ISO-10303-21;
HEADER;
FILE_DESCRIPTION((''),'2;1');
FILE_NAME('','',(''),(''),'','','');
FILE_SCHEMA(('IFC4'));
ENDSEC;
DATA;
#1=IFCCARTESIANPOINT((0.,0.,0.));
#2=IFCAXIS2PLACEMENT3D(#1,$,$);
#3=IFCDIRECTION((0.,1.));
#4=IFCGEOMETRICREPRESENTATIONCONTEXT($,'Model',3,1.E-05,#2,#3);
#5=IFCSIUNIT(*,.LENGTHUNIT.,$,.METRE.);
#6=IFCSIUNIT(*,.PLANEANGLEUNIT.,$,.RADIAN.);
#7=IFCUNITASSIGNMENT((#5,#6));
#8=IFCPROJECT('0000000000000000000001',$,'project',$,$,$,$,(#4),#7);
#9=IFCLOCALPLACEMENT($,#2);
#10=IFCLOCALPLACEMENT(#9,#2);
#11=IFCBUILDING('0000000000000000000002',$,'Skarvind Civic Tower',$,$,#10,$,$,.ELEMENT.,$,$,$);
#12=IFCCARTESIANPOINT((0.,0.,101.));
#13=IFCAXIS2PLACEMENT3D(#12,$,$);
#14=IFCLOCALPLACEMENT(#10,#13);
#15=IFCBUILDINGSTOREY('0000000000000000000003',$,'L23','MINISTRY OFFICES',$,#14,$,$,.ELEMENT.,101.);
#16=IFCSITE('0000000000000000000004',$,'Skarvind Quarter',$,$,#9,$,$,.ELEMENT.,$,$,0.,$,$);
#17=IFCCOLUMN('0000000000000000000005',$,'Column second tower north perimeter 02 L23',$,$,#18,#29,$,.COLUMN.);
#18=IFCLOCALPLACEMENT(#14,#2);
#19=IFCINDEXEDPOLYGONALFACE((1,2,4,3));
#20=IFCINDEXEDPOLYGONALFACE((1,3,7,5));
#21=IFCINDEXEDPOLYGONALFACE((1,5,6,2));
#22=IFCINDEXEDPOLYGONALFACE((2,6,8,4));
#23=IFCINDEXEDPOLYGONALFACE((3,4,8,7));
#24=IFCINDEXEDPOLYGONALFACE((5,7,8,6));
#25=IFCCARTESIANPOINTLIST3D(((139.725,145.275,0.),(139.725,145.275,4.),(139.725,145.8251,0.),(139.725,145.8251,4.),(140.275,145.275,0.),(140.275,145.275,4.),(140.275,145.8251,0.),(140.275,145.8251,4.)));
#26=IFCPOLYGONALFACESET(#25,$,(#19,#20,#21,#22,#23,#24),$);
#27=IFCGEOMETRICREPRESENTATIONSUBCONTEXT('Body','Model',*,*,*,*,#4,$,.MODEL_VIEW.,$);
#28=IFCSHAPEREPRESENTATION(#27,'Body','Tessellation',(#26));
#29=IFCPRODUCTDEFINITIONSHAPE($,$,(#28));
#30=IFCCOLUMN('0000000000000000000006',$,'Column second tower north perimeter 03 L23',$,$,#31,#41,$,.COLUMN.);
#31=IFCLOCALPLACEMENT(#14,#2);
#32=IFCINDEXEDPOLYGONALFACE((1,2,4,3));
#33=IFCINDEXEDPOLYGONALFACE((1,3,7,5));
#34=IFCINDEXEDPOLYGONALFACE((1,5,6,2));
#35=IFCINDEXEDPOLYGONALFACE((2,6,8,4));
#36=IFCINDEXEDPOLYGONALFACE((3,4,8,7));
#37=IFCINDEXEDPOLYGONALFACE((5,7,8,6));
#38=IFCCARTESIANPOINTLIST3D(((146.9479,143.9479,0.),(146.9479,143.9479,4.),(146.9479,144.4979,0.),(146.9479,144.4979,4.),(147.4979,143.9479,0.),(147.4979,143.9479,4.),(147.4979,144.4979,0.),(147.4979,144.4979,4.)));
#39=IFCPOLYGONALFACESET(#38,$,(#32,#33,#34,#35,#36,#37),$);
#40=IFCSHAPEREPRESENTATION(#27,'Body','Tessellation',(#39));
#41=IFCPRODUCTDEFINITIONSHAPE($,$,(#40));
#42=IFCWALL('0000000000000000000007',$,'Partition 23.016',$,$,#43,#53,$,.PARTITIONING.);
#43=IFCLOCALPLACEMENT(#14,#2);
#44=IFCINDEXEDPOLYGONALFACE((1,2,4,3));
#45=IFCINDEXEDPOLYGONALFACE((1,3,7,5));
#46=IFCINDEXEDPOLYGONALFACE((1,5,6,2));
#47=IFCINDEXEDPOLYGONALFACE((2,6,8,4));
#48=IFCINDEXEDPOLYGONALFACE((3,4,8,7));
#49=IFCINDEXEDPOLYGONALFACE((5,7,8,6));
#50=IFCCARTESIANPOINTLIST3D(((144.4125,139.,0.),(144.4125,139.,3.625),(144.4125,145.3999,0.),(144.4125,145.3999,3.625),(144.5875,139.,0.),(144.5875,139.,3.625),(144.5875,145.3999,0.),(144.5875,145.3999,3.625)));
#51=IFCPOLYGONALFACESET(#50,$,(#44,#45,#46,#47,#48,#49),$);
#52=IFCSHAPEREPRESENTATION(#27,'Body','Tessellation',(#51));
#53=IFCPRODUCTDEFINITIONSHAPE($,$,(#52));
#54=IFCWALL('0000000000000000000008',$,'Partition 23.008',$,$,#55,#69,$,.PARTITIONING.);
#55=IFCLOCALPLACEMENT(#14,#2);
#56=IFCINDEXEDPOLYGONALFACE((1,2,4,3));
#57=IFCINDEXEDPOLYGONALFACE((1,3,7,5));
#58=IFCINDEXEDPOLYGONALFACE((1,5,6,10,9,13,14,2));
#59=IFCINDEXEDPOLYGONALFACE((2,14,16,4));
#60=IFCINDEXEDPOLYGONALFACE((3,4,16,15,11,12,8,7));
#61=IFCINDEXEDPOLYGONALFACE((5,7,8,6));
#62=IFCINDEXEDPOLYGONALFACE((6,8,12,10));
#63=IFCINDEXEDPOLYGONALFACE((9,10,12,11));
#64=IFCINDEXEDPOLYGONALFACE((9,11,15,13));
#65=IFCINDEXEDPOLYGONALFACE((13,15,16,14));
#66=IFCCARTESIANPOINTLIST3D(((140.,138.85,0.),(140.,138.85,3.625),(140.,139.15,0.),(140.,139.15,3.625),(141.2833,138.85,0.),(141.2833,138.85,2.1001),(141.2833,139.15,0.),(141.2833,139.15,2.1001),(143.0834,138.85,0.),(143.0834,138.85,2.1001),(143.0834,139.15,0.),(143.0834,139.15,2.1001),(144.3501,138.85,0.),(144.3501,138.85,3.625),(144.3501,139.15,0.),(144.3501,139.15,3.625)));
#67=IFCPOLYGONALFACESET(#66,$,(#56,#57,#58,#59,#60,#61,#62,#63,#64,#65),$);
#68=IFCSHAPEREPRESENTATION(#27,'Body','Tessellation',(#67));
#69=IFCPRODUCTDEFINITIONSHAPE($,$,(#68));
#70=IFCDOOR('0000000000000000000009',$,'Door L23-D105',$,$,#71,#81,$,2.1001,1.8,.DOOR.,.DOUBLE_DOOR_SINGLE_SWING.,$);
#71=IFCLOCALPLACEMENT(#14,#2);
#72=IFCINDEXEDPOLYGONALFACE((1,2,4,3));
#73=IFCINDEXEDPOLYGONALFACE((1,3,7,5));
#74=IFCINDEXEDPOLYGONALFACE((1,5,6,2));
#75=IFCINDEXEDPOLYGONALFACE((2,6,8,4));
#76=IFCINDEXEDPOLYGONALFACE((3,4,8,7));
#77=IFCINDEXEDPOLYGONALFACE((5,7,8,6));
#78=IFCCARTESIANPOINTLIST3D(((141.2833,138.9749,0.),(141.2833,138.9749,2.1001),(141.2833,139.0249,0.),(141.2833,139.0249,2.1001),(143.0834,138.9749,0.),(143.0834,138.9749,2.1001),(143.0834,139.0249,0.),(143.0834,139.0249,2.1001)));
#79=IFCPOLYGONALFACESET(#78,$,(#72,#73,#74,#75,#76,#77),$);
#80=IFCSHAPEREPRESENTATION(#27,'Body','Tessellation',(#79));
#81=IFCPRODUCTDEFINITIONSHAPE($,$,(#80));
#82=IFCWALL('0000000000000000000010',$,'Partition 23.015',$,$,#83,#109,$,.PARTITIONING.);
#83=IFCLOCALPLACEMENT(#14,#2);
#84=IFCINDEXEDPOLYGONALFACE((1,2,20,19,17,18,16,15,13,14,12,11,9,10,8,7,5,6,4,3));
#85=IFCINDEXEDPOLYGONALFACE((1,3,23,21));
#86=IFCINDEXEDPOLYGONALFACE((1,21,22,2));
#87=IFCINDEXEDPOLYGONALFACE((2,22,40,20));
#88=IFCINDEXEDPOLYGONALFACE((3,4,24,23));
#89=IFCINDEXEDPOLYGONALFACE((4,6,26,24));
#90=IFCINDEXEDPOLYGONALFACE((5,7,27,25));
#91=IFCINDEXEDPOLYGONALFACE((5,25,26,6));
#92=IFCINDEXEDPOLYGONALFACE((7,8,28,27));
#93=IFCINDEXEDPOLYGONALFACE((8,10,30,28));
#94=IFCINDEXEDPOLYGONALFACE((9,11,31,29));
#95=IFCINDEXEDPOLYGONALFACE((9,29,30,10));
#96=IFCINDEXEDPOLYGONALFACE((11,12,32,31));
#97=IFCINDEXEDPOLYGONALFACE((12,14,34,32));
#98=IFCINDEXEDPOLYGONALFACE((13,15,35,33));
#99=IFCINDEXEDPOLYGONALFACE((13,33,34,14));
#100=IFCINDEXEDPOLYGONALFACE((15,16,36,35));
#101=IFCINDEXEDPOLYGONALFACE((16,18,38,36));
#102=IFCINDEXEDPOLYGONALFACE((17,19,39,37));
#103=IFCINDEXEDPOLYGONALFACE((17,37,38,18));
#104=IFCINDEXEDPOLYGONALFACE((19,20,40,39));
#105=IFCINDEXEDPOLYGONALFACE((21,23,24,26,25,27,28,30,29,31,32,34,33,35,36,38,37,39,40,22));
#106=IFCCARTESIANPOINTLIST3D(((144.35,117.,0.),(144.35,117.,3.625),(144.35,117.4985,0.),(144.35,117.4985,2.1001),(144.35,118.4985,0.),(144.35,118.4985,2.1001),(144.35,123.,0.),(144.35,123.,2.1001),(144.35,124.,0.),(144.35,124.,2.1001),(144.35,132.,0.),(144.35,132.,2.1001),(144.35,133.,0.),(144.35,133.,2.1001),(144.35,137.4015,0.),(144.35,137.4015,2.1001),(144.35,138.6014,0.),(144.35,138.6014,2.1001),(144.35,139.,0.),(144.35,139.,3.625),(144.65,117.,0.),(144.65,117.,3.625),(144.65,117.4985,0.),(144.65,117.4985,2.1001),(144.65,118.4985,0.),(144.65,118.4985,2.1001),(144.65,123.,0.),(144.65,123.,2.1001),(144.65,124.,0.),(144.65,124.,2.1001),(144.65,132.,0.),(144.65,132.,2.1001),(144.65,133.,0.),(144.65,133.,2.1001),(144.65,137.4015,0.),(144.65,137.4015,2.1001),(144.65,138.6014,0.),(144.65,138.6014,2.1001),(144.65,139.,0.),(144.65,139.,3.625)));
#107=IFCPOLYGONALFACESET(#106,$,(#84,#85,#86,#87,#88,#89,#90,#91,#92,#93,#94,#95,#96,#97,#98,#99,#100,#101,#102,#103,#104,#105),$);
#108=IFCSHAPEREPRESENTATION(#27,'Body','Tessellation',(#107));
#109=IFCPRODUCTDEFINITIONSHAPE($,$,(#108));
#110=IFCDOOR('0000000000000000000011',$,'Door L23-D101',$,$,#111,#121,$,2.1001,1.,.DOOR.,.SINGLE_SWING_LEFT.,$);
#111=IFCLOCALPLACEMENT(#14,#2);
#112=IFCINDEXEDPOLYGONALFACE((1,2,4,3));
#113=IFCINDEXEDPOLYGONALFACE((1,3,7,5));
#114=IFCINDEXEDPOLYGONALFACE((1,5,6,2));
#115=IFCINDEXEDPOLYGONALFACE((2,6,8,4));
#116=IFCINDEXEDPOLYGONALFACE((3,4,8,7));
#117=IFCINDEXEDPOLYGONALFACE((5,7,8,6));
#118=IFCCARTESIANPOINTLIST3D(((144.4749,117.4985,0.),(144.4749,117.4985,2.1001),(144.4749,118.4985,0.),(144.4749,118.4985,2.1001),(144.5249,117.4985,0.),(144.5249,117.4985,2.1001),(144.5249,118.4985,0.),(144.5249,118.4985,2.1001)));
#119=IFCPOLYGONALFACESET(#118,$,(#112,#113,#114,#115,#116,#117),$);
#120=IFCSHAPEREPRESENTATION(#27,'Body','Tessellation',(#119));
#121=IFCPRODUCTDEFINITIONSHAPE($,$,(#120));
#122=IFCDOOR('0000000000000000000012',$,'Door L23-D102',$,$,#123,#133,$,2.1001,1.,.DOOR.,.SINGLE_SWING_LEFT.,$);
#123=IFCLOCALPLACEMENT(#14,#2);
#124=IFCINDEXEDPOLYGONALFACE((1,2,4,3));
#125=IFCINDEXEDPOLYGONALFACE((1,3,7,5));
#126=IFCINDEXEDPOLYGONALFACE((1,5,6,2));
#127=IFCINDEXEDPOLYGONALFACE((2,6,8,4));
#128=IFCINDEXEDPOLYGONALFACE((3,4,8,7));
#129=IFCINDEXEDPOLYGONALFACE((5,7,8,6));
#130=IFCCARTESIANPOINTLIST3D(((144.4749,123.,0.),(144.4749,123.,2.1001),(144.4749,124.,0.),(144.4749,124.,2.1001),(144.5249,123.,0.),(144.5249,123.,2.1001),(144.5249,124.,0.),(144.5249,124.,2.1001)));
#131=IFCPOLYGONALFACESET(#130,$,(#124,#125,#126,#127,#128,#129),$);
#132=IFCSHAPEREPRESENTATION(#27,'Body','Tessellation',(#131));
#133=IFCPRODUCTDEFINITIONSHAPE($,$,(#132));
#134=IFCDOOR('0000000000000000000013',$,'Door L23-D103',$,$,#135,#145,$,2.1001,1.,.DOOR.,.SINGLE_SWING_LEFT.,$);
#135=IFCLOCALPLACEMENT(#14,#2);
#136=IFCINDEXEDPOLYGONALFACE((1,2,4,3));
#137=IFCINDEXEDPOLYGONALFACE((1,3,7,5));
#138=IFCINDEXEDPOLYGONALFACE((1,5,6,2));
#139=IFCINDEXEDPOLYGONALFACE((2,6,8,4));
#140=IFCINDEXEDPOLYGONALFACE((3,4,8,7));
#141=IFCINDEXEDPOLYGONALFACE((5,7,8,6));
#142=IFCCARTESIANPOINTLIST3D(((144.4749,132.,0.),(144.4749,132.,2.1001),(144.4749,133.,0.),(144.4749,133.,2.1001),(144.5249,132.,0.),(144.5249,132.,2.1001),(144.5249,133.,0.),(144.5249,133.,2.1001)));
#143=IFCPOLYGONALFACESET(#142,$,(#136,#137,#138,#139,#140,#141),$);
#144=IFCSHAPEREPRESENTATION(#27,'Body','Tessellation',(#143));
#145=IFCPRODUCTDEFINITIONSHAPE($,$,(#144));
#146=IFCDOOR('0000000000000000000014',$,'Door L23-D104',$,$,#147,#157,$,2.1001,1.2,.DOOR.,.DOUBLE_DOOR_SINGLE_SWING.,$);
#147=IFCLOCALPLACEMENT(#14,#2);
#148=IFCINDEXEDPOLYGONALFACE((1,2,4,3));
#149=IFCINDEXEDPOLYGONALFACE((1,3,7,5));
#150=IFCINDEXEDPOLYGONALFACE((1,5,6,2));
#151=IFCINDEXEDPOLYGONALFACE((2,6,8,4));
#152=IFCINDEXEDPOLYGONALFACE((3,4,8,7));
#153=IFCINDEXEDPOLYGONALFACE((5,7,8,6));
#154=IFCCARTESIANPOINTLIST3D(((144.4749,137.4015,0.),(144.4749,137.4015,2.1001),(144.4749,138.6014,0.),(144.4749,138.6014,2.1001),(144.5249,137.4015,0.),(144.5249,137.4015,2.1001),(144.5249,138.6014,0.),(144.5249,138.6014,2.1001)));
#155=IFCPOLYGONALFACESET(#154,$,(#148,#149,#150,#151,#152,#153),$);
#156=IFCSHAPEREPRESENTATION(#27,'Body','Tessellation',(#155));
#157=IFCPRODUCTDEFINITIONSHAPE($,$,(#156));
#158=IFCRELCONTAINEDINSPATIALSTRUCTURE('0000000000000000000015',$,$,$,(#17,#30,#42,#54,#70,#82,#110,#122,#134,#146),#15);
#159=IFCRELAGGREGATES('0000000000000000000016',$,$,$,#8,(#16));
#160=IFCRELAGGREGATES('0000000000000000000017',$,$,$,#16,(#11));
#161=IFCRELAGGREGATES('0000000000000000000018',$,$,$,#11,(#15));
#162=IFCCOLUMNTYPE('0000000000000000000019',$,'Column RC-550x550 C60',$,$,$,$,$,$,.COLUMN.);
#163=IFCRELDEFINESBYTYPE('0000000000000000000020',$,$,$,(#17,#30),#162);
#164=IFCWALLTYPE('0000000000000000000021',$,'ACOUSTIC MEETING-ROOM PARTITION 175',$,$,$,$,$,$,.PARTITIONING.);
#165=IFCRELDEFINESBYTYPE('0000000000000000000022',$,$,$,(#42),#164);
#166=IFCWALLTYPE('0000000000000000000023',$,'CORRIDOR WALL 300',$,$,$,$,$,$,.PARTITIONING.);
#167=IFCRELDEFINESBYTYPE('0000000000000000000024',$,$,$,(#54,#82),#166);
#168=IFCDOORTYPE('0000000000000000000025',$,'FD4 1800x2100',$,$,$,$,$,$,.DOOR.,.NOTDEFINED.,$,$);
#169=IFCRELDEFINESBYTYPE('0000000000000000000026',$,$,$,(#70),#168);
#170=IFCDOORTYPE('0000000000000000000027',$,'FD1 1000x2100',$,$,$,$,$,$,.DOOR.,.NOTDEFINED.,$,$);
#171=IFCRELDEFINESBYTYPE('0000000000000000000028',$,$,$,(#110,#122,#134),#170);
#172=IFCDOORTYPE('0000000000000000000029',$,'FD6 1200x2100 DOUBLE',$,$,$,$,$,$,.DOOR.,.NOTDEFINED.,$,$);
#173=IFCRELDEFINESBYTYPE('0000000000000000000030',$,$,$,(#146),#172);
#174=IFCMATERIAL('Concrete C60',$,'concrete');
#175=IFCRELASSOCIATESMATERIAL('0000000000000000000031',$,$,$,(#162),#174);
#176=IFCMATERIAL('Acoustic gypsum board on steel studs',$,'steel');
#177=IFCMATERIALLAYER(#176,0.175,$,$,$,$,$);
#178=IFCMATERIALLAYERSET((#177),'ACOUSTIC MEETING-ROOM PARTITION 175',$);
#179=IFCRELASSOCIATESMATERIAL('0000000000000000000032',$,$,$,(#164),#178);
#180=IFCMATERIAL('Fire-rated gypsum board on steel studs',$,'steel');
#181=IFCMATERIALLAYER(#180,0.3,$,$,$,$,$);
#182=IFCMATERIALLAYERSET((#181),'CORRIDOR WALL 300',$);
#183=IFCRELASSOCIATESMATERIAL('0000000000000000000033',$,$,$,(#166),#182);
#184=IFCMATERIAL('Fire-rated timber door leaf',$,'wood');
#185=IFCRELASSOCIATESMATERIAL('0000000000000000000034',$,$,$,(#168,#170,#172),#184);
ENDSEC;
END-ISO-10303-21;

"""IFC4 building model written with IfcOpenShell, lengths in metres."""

from ifc_helpers import new_model, si_unit, direction, frame, frame_2d, origin, origin_2d, place, context, subcontext, project, spatial, rectangle, extrude, material, layer, layer_set, material_profile, profile_set, type_object, element, fill, save


model = new_model("IFC4")

# Units and contexts
model_context = context("Model", 3, precision=1e-05, world=origin(), true_north=direction((0.0, 1.0)))
body_context = subcontext(model_context, "Body", "Model", "MODEL_VIEW")
ifc_project = project(units=[si_unit("LENGTHUNIT", "METRE"), si_unit("PLANEANGLEUNIT", "RADIAN")], contexts=[model_context])

# Site, building, storey
site_placement = place(None, origin())
site = spatial("IfcSite", under=ifc_project, at=site_placement, Name="Skarvind Quarter", CompositionType="ELEMENT", RefElevation=0.0)
building_placement = place(site_placement, origin())
building = spatial("IfcBuilding", under=site, at=building_placement, Name="Skarvind Civic Tower", CompositionType="ELEMENT")
storey_placement = place(building_placement, frame((0.0, 0.0, 101.0)))
storey = spatial("IfcBuildingStorey", under=building, at=storey_placement, Name="L23", Description="MINISTRY OFFICES", CompositionType="ELEMENT", Elevation=101.0)

# Columns
ifc_material_1 = material(Name="Concrete C60", Category="concrete")
ifc_material_profile = material_profile(ifc_material_1, rectangle(XDim=0.55, YDim=0.55, at=origin_2d()), Name="RC-550x550")
ifc_profile_set = profile_set([ifc_material_profile], Name="Concrete C60")
column_type = type_object("IfcColumnType", Name="Column RC-550x550 C60", PredefinedType="COLUMN", material=ifc_profile_set)
for number, where, z_axis, x_axis, name in (
    (1, (140.0, 145.55, 0.0), (0.0, 0.0, 1.0), (1.0, 0.0, 0.0), "Column second tower north perimeter 02 L23"),
    (2, (147.2229, 144.2229, 0.0), (0.0, 0.0, 1.0), (1.0, 0.0, 0.0), "Column second tower north perimeter 03 L23"),
):
    element("IfcColumn", number, at=place(storey_placement, frame(where, z_axis=z_axis, x_axis=x_axis)), inside=storey, type_object=column_type, Name=name, PredefinedType="COLUMN", context=body_context, shape_type="SweptSolid", body=[
        extrude(rectangle(XDim=0.55, YDim=0.55, at=origin_2d()), origin(), (0.0, 0.0, 1.0), 4.0),
    ])

# Wall
ifc_material_2 = material(Name="Acoustic gypsum board on steel studs", Category="steel")
ifc_layer_1 = layer(ifc_material_2, 0.175)
ifc_layer_set_1 = layer_set([ifc_layer_1], Name="ACOUSTIC MEETING-ROOM PARTITION 175")
wall_type_1 = type_object("IfcWallType", Name="ACOUSTIC MEETING-ROOM PARTITION 175", PredefinedType="PARTITIONING", material=ifc_layer_set_1)
wall_1_placement = place(storey_placement, frame((144.5, 145.3999, 0.0), z_axis=(0.0, 0.0, 1.0), x_axis=(0.0, -1.0, 0.0)))
element("IfcWall", 3, at=wall_1_placement, inside=storey, type_object=wall_type_1, Name="Partition 23.016", PredefinedType="PARTITIONING", context=body_context, shape_type="SweptSolid", body=[
    extrude(rectangle(XDim=6.3999, YDim=0.175, at=frame_2d((3.2, 0.0))), origin(), (0.0, 0.0, 1.0), 3.625),
])

# Wall, opening, door
ifc_material_3 = material(Name="Fire-rated gypsum board on steel studs", Category="steel")
ifc_layer_2 = layer(ifc_material_3, 0.3)
ifc_layer_set_2 = layer_set([ifc_layer_2], Name="CORRIDOR WALL 300")
wall_type_2 = type_object("IfcWallType", Name="CORRIDOR WALL 300", PredefinedType="PARTITIONING", material=ifc_layer_set_2)
wall_2_placement = place(storey_placement, frame((140.0, 139.0, 0.0), z_axis=(0.0, 0.0, 1.0), x_axis=(1.0, 0.0, 0.0)))
wall_2 = element("IfcWall", 4, at=wall_2_placement, inside=storey, type_object=wall_type_2, Name="Partition 23.008", PredefinedType="PARTITIONING", context=body_context, shape_type="SweptSolid", body=[
    extrude(rectangle(XDim=4.3501, YDim=0.3, at=frame_2d((2.175, 0.0))), origin(), (0.0, 0.0, 1.0), 3.625),
])
opening_1_placement = place(wall_2_placement, frame((1.2834, 0.0, 0.0)))
opening_1 = element("IfcOpeningElement", 5, at=opening_1_placement, cuts=wall_2, PredefinedType="OPENING", context=body_context, shape_type="SweptSolid", body=[
    extrude(rectangle(XDim=1.8, YDim=2.1001, at=frame_2d((0.8999, 1.05))), frame((0.0, 0.1599, 0.0), z_axis=(0.0, -1.0, 0.0), x_axis=(1.0, 0.0, 0.0)), (0.0, 0.0, 1.0), 0.3201),
])
ifc_material_4 = material(Name="Fire-rated timber door leaf", Category="wood")
door_type_1 = type_object("IfcDoorType", Name="FD4 1800x2100", OperationType="NOTDEFINED", PredefinedType="DOOR", material=ifc_material_4)
door_1_placement = place(opening_1_placement, origin())
door_1 = element("IfcDoor", 6, at=door_1_placement, inside=storey, type_object=door_type_1, Name="Door L23-D105", OperationType="DOUBLE_DOOR_SINGLE_SWING", OverallHeight=2.1001, OverallWidth=1.8, PredefinedType="DOOR", context=body_context, shape_type="SweptSolid", body=[
    extrude(rectangle(XDim=1.8, YDim=2.1001, at=frame_2d((0.8999, 1.05))), frame((0.0, 0.0249, 0.0), z_axis=(0.0, -1.0, 0.0), x_axis=(1.0, 0.0, 0.0)), (0.0, 0.0, 1.0), 0.05),
])
fill(opening_1, door_1)

# Wall, openings, doors
wall_3_placement = place(storey_placement, frame((144.5, 139.0, 0.0), z_axis=(0.0, 0.0, 1.0), x_axis=(0.0, -1.0, 0.0)))
wall_3 = element("IfcWall", 7, at=wall_3_placement, inside=storey, type_object=wall_type_2, Name="Partition 23.015", PredefinedType="PARTITIONING", context=body_context, shape_type="SweptSolid", body=[
    extrude(rectangle(XDim=22.0, YDim=0.3, at=frame_2d((11.0, 0.0))), origin(), (0.0, 0.0, 1.0), 3.625),
])
opening_2_placement = place(wall_3_placement, frame((20.5015, 0.0, 0.0)))
opening_2 = element("IfcOpeningElement", 8, at=opening_2_placement, cuts=wall_3, PredefinedType="OPENING", context=body_context, shape_type="SweptSolid", body=[
    extrude(rectangle(XDim=1.0, YDim=2.1001, at=frame_2d((0.5, 1.05))), frame((0.0, 0.1599, 0.0), z_axis=(0.0, -1.0, 0.0), x_axis=(1.0, 0.0, 0.0)), (0.0, 0.0, 1.0), 0.3201),
])
opening_3_placement = place(wall_3_placement, frame((15.0, 0.0, 0.0)))
opening_3 = element("IfcOpeningElement", 9, at=opening_3_placement, cuts=wall_3, PredefinedType="OPENING", context=body_context, shape_type="SweptSolid", body=[
    extrude(rectangle(XDim=1.0, YDim=2.1001, at=frame_2d((0.5, 1.05))), frame((0.0, 0.1599, 0.0), z_axis=(0.0, -1.0, 0.0), x_axis=(1.0, 0.0, 0.0)), (0.0, 0.0, 1.0), 0.3201),
])
opening_4_placement = place(wall_3_placement, frame((6.0, 0.0, 0.0)))
opening_4 = element("IfcOpeningElement", 10, at=opening_4_placement, cuts=wall_3, PredefinedType="OPENING", context=body_context, shape_type="SweptSolid", body=[
    extrude(rectangle(XDim=1.0, YDim=2.1001, at=frame_2d((0.5, 1.05))), frame((0.0, 0.1599, 0.0), z_axis=(0.0, -1.0, 0.0), x_axis=(1.0, 0.0, 0.0)), (0.0, 0.0, 1.0), 0.3201),
])
opening_5_placement = place(wall_3_placement, frame((0.3984, 0.0, 0.0)))
opening_5 = element("IfcOpeningElement", 11, at=opening_5_placement, cuts=wall_3, PredefinedType="OPENING", context=body_context, shape_type="SweptSolid", body=[
    extrude(rectangle(XDim=1.2, YDim=2.1001, at=frame_2d((0.6001, 1.05))), frame((0.0, 0.1599, 0.0), z_axis=(0.0, -1.0, 0.0), x_axis=(1.0, 0.0, 0.0)), (0.0, 0.0, 1.0), 0.3201),
])
door_type_2 = type_object("IfcDoorType", Name="FD1 1000x2100", OperationType="NOTDEFINED", PredefinedType="DOOR", material=ifc_material_4)
door_2_placement = place(opening_2_placement, origin())
door_2 = element("IfcDoor", 12, at=door_2_placement, inside=storey, type_object=door_type_2, Name="Door L23-D101", OperationType="SINGLE_SWING_LEFT", OverallHeight=2.1001, OverallWidth=1.0, PredefinedType="DOOR", context=body_context, shape_type="SweptSolid", body=[
    extrude(rectangle(XDim=1.0, YDim=2.1001, at=frame_2d((0.5, 1.05))), frame((0.0, 0.0249, 0.0), z_axis=(0.0, -1.0, 0.0), x_axis=(1.0, 0.0, 0.0)), (0.0, 0.0, 1.0), 0.05),
])
fill(opening_2, door_2)
door_3_placement = place(opening_3_placement, origin())
door_3 = element("IfcDoor", 13, at=door_3_placement, inside=storey, type_object=door_type_2, Name="Door L23-D102", OperationType="SINGLE_SWING_LEFT", OverallHeight=2.1001, OverallWidth=1.0, PredefinedType="DOOR", context=body_context, shape_type="SweptSolid", body=[
    extrude(rectangle(XDim=1.0, YDim=2.1001, at=frame_2d((0.5, 1.05))), frame((0.0, 0.0249, 0.0), z_axis=(0.0, -1.0, 0.0), x_axis=(1.0, 0.0, 0.0)), (0.0, 0.0, 1.0), 0.05),
])
fill(opening_3, door_3)
door_4_placement = place(opening_4_placement, origin())
door_4 = element("IfcDoor", 14, at=door_4_placement, inside=storey, type_object=door_type_2, Name="Door L23-D103", OperationType="SINGLE_SWING_LEFT", OverallHeight=2.1001, OverallWidth=1.0, PredefinedType="DOOR", context=body_context, shape_type="SweptSolid", body=[
    extrude(rectangle(XDim=1.0, YDim=2.1001, at=frame_2d((0.5, 1.05))), frame((0.0, 0.0249, 0.0), z_axis=(0.0, -1.0, 0.0), x_axis=(1.0, 0.0, 0.0)), (0.0, 0.0, 1.0), 0.05),
])
fill(opening_4, door_4)
door_type_3 = type_object("IfcDoorType", Name="FD6 1200x2100 DOUBLE", OperationType="NOTDEFINED", PredefinedType="DOOR", material=ifc_material_4)
door_5_placement = place(opening_5_placement, origin())
door_5 = element("IfcDoor", 15, at=door_5_placement, inside=storey, type_object=door_type_3, Name="Door L23-D104", OperationType="DOUBLE_DOOR_SINGLE_SWING", OverallHeight=2.1001, OverallWidth=1.2, PredefinedType="DOOR", context=body_context, shape_type="SweptSolid", body=[
    extrude(rectangle(XDim=1.2, YDim=2.1001, at=frame_2d((0.6001, 1.05))), frame((0.0, 0.0249, 0.0), z_axis=(0.0, -1.0, 0.0), x_axis=(1.0, 0.0, 0.0)), (0.0, 0.0, 1.0), 0.05),
])
fill(opening_5, door_5)

save(model, "model.ifc")
